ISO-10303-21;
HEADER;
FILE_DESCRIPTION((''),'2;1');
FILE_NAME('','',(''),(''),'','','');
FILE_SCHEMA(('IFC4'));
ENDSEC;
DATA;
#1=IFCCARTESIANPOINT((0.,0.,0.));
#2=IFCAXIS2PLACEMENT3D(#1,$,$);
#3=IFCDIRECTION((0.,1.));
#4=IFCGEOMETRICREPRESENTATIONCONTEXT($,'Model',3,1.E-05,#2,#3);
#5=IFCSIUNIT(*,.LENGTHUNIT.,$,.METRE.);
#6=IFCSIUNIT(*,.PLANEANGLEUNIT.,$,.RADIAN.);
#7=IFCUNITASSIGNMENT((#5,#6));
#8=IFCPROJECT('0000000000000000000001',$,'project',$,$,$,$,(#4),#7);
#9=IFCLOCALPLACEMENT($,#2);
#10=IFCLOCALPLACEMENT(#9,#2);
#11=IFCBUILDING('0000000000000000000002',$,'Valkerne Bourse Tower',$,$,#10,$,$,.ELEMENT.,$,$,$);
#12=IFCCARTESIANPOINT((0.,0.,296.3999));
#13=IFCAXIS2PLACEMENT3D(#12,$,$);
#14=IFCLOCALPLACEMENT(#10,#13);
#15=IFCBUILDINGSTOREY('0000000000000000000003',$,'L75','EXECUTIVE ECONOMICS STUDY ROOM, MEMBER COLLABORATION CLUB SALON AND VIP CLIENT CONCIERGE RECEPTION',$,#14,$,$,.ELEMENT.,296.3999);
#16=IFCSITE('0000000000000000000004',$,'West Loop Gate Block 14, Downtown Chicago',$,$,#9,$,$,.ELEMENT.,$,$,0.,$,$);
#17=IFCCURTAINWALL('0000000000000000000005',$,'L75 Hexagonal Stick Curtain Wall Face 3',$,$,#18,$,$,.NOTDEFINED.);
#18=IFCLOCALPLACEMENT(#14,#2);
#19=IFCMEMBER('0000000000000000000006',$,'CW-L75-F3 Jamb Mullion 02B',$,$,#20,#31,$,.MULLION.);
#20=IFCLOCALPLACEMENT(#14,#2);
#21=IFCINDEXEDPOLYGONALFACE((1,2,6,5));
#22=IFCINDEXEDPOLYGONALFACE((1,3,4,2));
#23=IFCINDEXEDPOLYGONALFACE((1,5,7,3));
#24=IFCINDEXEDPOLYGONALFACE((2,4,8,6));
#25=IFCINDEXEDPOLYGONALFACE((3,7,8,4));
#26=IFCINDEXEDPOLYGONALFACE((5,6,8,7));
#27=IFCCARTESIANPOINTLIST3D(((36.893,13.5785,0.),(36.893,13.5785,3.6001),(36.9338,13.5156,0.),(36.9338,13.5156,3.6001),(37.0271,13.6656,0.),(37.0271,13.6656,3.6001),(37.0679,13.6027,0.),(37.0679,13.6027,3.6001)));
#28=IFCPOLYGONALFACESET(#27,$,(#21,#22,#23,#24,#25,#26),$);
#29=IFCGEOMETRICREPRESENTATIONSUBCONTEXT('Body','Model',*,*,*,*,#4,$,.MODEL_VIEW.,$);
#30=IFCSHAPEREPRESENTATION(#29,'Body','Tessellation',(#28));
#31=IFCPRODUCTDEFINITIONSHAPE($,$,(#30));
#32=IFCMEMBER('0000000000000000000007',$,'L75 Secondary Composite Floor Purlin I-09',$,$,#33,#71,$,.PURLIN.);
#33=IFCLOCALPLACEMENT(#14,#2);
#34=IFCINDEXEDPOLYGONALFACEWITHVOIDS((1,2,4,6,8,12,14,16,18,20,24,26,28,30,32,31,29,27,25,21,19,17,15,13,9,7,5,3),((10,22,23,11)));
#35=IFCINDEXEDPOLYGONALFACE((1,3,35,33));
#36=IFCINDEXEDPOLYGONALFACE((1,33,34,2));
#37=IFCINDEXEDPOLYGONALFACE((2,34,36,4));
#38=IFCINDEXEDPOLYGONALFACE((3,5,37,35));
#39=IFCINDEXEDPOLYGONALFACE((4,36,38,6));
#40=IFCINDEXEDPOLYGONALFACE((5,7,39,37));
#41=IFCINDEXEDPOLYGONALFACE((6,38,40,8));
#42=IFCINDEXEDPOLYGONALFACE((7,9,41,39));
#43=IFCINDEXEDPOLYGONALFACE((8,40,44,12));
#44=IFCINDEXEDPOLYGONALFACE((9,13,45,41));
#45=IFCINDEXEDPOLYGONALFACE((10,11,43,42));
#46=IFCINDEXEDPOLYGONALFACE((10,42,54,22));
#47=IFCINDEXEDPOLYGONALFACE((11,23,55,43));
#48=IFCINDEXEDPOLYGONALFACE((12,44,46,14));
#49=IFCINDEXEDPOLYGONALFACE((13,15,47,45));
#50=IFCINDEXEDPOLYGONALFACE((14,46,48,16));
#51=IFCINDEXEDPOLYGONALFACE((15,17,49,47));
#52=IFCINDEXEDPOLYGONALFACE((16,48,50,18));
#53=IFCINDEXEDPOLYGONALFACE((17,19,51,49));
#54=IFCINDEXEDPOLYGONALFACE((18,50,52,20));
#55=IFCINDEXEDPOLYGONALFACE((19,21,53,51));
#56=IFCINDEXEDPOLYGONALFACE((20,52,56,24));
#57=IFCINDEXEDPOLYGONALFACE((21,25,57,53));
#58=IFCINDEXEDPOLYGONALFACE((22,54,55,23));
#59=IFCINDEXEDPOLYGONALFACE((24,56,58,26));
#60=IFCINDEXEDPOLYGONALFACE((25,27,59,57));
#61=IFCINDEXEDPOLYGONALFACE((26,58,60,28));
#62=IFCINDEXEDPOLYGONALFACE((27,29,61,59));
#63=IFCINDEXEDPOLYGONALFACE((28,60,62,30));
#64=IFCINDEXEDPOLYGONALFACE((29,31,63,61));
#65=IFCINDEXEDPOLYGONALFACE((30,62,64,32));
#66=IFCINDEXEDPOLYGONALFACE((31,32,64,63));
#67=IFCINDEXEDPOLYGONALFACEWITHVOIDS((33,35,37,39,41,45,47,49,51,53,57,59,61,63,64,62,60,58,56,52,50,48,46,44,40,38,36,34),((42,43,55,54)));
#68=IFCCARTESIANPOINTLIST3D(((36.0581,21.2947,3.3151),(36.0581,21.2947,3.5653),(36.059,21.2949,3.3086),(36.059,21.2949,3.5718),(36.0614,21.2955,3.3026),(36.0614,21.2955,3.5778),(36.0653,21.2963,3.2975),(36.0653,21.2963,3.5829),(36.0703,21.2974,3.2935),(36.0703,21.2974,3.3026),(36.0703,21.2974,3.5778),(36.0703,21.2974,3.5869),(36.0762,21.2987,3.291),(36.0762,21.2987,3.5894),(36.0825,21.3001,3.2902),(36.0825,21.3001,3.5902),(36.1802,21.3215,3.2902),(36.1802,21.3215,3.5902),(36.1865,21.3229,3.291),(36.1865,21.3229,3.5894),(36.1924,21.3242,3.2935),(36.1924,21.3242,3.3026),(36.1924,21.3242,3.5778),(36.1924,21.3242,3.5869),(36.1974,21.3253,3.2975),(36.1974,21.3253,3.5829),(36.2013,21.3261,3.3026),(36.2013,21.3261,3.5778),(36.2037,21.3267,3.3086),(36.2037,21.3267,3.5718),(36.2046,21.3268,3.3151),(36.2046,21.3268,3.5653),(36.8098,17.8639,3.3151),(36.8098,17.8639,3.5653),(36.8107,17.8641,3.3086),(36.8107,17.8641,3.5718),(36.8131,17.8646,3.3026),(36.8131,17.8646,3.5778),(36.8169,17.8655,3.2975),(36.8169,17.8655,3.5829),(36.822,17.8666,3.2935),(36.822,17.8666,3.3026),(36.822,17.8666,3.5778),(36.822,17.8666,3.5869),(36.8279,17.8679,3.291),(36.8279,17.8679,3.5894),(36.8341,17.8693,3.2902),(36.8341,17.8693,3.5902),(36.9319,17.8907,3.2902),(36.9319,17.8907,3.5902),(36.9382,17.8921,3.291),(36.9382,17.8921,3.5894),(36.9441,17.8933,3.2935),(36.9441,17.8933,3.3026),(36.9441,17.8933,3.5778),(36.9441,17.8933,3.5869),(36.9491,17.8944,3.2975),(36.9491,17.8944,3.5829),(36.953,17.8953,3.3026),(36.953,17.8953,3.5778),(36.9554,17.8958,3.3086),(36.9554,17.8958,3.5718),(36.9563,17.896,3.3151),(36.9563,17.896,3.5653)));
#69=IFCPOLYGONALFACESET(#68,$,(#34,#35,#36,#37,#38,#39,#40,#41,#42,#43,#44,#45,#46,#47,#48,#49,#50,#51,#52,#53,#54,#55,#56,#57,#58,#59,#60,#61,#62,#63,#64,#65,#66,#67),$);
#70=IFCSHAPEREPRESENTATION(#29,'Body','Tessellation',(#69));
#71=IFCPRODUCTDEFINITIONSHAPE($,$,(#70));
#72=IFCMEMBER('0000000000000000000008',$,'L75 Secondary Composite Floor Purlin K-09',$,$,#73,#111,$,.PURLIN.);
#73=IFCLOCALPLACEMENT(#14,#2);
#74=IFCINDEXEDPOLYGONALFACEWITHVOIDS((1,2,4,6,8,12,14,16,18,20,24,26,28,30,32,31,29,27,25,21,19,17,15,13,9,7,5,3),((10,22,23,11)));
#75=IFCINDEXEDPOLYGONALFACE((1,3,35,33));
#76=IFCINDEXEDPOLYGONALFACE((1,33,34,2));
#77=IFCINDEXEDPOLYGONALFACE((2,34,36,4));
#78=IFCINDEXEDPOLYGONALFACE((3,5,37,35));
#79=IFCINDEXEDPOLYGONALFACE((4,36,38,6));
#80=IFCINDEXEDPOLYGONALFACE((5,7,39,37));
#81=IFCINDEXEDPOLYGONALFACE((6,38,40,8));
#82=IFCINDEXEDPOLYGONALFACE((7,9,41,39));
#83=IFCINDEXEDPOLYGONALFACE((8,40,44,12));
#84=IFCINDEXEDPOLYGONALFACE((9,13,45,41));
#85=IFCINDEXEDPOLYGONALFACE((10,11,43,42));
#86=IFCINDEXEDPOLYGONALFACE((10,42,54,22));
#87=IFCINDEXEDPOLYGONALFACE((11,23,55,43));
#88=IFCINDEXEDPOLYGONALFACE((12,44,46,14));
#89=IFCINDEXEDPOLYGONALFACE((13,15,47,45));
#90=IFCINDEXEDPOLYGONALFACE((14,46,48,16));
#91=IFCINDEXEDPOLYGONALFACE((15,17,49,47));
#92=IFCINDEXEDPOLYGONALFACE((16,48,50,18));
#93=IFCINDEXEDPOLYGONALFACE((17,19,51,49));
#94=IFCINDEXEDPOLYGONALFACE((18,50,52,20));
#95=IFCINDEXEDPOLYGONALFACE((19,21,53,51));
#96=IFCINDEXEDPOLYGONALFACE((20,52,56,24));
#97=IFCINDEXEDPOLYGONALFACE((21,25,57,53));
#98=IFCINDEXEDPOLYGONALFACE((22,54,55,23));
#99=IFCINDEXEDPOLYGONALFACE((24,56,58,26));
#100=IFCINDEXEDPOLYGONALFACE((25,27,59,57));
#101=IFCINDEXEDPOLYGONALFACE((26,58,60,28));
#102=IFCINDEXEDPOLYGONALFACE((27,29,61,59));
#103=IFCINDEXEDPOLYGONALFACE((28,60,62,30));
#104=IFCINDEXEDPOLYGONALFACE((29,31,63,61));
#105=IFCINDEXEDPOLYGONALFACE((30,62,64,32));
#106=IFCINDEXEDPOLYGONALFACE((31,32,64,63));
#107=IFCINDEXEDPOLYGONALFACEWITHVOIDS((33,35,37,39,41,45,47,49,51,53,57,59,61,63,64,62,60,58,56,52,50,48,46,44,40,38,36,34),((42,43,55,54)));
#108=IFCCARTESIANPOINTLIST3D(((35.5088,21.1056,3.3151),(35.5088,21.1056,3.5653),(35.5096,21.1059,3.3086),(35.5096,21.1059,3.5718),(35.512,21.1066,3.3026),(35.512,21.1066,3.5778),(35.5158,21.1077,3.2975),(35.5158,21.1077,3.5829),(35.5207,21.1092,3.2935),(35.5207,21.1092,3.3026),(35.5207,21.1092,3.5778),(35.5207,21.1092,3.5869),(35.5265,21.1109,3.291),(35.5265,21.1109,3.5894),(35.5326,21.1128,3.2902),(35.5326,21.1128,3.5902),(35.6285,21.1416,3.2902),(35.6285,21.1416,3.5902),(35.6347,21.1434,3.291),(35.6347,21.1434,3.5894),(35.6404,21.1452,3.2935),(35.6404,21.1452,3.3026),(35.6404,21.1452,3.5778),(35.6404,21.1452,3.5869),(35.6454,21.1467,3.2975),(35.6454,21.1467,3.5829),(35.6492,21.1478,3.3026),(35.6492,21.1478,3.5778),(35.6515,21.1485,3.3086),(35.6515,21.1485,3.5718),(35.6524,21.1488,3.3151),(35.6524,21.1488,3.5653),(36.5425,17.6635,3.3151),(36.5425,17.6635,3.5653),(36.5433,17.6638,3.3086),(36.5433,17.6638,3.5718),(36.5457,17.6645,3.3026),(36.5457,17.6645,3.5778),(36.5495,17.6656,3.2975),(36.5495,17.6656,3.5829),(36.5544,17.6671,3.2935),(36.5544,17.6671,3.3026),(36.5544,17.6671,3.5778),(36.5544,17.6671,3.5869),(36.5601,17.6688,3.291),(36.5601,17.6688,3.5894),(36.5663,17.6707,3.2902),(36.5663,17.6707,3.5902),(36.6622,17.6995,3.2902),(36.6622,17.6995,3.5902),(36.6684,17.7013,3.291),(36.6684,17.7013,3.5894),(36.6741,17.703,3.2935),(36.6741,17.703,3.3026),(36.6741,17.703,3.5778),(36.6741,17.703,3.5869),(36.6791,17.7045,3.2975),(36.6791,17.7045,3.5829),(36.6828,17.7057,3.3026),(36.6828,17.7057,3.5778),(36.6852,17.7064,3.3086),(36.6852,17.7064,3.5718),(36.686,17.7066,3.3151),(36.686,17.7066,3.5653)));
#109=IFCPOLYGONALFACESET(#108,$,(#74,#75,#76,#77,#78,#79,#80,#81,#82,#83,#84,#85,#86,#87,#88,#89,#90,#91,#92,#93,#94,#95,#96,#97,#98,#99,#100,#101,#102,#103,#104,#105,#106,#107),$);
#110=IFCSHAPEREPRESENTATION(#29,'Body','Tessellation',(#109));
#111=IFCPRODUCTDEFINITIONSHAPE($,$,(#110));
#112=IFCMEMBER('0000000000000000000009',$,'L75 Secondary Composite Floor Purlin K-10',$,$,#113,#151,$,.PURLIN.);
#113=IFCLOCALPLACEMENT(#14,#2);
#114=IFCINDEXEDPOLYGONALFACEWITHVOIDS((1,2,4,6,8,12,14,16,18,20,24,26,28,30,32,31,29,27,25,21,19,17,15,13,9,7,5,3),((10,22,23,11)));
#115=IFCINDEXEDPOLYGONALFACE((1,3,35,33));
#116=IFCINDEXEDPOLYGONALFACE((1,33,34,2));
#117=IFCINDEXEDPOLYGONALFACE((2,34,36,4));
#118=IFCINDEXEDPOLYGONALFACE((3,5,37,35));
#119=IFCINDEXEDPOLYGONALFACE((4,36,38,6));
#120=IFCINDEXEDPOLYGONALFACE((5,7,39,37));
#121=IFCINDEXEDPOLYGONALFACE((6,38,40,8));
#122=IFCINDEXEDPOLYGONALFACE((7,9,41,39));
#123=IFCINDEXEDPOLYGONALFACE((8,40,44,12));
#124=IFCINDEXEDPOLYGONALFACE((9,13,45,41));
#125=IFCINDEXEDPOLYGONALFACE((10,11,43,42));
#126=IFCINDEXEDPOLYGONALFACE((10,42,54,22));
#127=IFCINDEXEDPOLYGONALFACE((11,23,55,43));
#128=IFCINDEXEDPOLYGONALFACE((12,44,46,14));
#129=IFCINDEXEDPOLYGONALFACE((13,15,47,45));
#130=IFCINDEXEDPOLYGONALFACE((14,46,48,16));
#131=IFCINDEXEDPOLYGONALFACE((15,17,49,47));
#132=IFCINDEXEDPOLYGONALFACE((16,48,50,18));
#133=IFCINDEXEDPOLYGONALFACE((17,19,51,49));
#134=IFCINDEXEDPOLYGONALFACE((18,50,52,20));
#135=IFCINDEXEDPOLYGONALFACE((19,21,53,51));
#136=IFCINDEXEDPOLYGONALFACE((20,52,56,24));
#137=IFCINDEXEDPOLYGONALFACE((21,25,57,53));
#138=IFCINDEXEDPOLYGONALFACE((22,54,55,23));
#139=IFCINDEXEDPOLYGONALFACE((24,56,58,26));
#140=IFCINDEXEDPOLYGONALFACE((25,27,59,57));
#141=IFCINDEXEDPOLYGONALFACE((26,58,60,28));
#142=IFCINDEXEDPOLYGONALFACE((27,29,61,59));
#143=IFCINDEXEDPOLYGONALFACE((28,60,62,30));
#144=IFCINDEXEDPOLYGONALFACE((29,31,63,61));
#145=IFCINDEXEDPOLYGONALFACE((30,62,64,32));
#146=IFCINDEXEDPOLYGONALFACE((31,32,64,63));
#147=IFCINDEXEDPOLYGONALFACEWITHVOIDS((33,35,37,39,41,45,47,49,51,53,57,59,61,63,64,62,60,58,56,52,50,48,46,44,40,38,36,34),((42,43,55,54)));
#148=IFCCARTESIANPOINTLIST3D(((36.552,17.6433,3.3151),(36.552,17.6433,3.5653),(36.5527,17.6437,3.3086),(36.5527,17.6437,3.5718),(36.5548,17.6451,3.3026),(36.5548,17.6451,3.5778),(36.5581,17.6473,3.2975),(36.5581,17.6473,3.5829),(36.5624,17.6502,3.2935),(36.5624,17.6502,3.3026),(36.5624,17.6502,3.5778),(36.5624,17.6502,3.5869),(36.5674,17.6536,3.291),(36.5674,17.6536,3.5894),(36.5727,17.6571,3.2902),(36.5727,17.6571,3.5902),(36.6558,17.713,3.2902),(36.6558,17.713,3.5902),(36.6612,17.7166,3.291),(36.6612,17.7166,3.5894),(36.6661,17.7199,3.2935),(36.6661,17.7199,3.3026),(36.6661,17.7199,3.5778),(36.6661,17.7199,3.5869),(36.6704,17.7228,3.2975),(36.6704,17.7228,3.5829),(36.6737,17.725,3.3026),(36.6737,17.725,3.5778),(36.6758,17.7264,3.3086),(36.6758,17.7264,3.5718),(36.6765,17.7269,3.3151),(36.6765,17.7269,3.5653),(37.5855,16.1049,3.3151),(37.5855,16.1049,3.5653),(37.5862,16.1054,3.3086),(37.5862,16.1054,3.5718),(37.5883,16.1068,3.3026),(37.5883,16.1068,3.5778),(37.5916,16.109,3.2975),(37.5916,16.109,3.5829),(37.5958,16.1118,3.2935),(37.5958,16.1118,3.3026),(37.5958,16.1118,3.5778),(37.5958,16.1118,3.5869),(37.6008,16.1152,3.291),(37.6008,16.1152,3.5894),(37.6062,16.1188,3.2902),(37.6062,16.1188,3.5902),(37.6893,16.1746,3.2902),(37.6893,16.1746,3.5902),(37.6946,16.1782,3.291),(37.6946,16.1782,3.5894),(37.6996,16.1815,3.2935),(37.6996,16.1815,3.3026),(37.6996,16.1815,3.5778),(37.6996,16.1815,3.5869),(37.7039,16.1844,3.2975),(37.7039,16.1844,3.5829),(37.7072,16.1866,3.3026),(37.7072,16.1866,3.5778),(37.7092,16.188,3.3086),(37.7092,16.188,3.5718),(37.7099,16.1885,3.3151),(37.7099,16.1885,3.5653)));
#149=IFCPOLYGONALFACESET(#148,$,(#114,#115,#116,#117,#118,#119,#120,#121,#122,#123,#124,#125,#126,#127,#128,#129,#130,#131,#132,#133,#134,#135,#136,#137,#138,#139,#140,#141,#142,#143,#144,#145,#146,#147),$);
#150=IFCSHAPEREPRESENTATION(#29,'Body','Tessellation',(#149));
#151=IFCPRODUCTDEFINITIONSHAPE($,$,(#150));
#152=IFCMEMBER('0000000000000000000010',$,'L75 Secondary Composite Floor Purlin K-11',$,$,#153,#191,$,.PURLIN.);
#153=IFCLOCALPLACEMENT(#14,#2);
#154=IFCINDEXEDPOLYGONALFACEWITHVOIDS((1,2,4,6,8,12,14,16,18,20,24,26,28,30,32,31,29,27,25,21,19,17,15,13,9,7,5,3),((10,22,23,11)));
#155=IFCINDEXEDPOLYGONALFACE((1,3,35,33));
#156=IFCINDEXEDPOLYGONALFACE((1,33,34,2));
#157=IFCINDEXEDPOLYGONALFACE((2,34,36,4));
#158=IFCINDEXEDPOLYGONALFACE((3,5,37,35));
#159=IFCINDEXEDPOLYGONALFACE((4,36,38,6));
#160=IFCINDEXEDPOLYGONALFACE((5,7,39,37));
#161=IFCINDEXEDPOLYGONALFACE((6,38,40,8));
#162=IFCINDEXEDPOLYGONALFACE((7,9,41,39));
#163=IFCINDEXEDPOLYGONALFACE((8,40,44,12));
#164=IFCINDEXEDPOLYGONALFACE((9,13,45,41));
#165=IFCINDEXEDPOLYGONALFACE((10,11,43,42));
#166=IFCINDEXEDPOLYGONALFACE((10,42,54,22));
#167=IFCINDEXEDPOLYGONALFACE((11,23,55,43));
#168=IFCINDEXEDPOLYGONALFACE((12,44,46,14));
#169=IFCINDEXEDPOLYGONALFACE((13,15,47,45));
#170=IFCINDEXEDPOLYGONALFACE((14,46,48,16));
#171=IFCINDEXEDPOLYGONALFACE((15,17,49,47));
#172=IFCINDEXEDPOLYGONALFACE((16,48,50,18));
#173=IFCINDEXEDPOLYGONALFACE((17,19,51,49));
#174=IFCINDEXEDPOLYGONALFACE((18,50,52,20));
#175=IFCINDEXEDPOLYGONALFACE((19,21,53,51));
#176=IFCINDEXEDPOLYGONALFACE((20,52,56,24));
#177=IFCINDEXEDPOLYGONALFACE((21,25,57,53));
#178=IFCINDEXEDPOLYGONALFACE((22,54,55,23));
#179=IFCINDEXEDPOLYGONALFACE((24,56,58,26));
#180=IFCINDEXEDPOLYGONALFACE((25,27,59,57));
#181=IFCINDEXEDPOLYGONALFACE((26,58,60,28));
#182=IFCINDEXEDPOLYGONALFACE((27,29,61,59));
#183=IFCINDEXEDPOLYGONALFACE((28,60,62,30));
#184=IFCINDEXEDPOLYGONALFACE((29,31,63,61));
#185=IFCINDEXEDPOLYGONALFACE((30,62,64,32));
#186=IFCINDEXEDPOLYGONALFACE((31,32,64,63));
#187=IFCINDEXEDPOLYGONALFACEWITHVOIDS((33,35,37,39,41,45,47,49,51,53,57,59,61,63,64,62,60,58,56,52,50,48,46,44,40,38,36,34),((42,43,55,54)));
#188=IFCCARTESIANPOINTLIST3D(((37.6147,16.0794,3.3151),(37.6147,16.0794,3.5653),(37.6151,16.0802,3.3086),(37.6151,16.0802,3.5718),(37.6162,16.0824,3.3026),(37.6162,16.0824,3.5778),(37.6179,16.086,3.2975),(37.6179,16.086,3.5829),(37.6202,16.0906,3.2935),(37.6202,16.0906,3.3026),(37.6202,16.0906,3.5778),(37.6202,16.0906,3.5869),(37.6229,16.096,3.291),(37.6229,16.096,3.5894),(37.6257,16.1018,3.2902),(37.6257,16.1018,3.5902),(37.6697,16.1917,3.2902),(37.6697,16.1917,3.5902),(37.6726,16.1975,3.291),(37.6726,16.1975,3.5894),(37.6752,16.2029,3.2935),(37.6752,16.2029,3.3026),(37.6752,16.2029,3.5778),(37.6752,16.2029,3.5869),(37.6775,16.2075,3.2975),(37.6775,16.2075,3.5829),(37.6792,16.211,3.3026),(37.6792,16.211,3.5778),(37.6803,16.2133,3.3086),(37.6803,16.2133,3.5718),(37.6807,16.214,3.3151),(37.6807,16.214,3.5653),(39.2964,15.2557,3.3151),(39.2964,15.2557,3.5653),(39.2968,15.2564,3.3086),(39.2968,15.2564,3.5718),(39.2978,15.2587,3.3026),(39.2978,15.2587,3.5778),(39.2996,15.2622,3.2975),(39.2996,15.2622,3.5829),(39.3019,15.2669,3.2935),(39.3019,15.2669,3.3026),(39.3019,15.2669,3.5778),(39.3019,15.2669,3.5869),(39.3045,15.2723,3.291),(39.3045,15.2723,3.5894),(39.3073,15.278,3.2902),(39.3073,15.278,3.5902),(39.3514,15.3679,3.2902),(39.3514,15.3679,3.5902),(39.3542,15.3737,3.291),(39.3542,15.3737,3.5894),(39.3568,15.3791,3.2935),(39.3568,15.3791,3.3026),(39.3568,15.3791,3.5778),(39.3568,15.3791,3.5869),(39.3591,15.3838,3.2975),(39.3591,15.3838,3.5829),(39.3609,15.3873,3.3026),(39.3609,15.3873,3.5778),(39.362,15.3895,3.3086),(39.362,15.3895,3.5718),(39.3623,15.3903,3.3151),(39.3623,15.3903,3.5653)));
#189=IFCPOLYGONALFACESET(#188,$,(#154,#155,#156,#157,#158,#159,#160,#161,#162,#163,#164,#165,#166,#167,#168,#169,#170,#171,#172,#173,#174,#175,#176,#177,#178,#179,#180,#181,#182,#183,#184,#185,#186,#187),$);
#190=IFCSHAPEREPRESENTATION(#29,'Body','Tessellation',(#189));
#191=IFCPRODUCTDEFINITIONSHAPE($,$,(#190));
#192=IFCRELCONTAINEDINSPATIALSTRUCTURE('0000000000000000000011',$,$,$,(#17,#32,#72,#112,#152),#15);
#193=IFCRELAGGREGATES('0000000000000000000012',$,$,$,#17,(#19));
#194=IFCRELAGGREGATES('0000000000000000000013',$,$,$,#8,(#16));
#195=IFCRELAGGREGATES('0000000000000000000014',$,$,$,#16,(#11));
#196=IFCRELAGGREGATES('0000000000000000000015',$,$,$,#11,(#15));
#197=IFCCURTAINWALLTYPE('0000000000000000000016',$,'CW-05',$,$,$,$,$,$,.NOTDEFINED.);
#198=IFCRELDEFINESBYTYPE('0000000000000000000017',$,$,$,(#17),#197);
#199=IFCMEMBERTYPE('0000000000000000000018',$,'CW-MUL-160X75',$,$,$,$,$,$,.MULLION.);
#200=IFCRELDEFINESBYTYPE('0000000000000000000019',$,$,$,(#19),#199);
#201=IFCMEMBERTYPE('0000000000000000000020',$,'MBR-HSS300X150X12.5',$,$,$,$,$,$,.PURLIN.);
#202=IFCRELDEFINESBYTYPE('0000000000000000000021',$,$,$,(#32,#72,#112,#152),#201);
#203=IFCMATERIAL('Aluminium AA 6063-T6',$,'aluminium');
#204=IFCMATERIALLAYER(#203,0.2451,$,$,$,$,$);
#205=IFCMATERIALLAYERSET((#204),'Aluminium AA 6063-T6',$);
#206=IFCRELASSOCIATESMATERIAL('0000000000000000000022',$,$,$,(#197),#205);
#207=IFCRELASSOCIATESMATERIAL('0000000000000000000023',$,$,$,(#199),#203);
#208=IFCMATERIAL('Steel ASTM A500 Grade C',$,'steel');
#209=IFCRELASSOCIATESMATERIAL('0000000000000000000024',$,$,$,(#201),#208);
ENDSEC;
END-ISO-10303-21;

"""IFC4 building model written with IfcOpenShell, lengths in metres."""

from ifc_helpers import new_model, si_unit, direction, frame, origin, origin_2d, place, context, subcontext, project, spatial, rectangle, hollow_rectangle, extrude, material, layer, layer_set, material_profile, profile_set, type_object, element, aggregate, save


model = new_model("IFC4")

# Units and contexts
model_context = context("Model", 3, precision=1e-05, world=origin(), true_north=direction((0.0, 1.0)))
body_context = subcontext(model_context, "Body", "Model", "MODEL_VIEW")
ifc_project = project(units=[si_unit("LENGTHUNIT", "METRE"), si_unit("PLANEANGLEUNIT", "RADIAN")], contexts=[model_context])

# Site, building, storey
site_placement = place(None, origin())
site = spatial("IfcSite", under=ifc_project, at=site_placement, Name="West Loop Gate Block 14, Downtown Chicago", CompositionType="ELEMENT", RefElevation=0.0)
building_placement = place(site_placement, origin())
building = spatial("IfcBuilding", under=site, at=building_placement, Name="Valkerne Bourse Tower", CompositionType="ELEMENT")
storey_placement = place(building_placement, frame((0.0, 0.0, 296.3999)))
storey = spatial("IfcBuildingStorey", under=building, at=storey_placement, Name="L75", Description="EXECUTIVE ECONOMICS STUDY ROOM, MEMBER COLLABORATION CLUB SALON AND VIP CLIENT CONCIERGE RECEPTION", CompositionType="ELEMENT", Elevation=296.3999)

# Curtain wall, member
ifc_material_1 = material(Name="Aluminium AA 6063-T6", Category="aluminium")
ifc_layer_1 = layer(ifc_material_1, 0.2451)
ifc_layer_set_1 = layer_set([ifc_layer_1], Name="Aluminium AA 6063-T6")
curtain_wall_type = type_object("IfcCurtainWallType", Name="CW-05", PredefinedType="NOTDEFINED", material=ifc_layer_set_1)
curtain_wall_placement = place(storey_placement, origin())
curtain_wall = element("IfcCurtainWall", 1, at=curtain_wall_placement, inside=storey, type_object=curtain_wall_type, Name="L75 Hexagonal Stick Curtain Wall Face 3", PredefinedType="NOTDEFINED")
ifc_material_profile_1 = material_profile(ifc_material_1, rectangle(XDim=0.075, YDim=0.1599, at=origin_2d()), Name="CWM-75X160")
ifc_profile_set_1 = profile_set([ifc_material_profile_1], Name="Aluminium AA 6063-T6")
member_type_1 = type_object("IfcMemberType", Name="CW-MUL-160X75", PredefinedType="MULLION", material=ifc_profile_set_1)
member_1_placement = place(storey_placement, frame((36.9805, 13.5906, 0.0), z_axis=(0.0, 0.0, 1.0), x_axis=(0.544634, -0.838674, 0.0)))
member_1 = element("IfcMember", 2, at=member_1_placement, type_object=member_type_1, Name="CW-L75-F3 Jamb Mullion 02B", PredefinedType="MULLION", context=body_context, shape_type="SweptSolid", body=[
    extrude(rectangle(XDim=0.075, YDim=0.1599, at=origin_2d()), origin(), (0.0, 0.0, 1.0), 3.6001),
])

# Members
ifc_material_2 = material(Name="Steel ASTM A500 Grade C", Category="steel")
ifc_material_profile_2 = material_profile(ifc_material_2, hollow_rectangle(XDim=0.1499, YDim=0.3, WallThickness=0.0125, OuterFilletRadius=0.0249, at=origin_2d()), Name="HSS300X150X12.5")
ifc_profile_set_2 = profile_set([ifc_material_profile_2], Name="Steel ASTM A500 Grade C")
member_type_2 = type_object("IfcMemberType", Name="MBR-HSS300X150X12.5", PredefinedType="PURLIN", material=ifc_profile_set_2)
member_2_placement = place(storey_placement, frame((36.1313, 21.3108, 3.4402), z_axis=(0.214022, -0.976829, 0.0), x_axis=(0.976829, 0.214022, 0.0)))
element("IfcMember", 3, at=member_2_placement, inside=storey, type_object=member_type_2, Name="L75 Secondary Composite Floor Purlin I-09", PredefinedType="PURLIN", context=body_context, shape_type="SweptSolid", body=[
    extrude(hollow_rectangle(XDim=0.1499, YDim=0.3, WallThickness=0.0125, OuterFilletRadius=0.0249, at=origin_2d()), origin(), (0.0, 0.0, 1.0), 3.5122),
])
member_3_placement = place(storey_placement, frame((35.5806, 21.1272, 3.4402), z_axis=(0.287616, -0.957746, 0.0), x_axis=(0.957746, 0.287616, 0.0)))
element("IfcMember", 4, at=member_3_placement, inside=storey, type_object=member_type_2, Name="L75 Secondary Composite Floor Purlin K-09", PredefinedType="PURLIN", context=body_context, shape_type="SweptSolid", body=[
    extrude(hollow_rectangle(XDim=0.1499, YDim=0.3, WallThickness=0.0125, OuterFilletRadius=0.0249, at=origin_2d()), origin(), (0.0, 0.0, 1.0), 3.594),
])
member_4_placement = place(storey_placement, frame((36.6143, 17.6851, 3.4402), z_axis=(0.557646, -0.830079, 0.0), x_axis=(0.830079, 0.557646, 0.0)))
element("IfcMember", 5, at=member_4_placement, inside=storey, type_object=member_type_2, Name="L75 Secondary Composite Floor Purlin K-10", PredefinedType="PURLIN", context=body_context, shape_type="SweptSolid", body=[
    extrude(hollow_rectangle(XDim=0.1499, YDim=0.3, WallThickness=0.0125, OuterFilletRadius=0.0249, at=origin_2d()), origin(), (0.0, 0.0, 1.0), 1.8533),
])
member_5_placement = place(storey_placement, frame((37.6477, 16.1467, 3.4402), z_axis=(0.898048, -0.439897, 0.0), x_axis=(0.439897, 0.898048, 0.0)))
element("IfcMember", 6, at=member_5_placement, inside=storey, type_object=member_type_2, Name="L75 Secondary Composite Floor Purlin K-11", PredefinedType="PURLIN", context=body_context, shape_type="SweptSolid", body=[
    extrude(hollow_rectangle(XDim=0.1499, YDim=0.3, WallThickness=0.0125, OuterFilletRadius=0.0249, at=origin_2d()), origin(), (0.0, 0.0, 1.0), 1.8726),
])

aggregate(curtain_wall, [member_1])

save(model, "model.ifc")
